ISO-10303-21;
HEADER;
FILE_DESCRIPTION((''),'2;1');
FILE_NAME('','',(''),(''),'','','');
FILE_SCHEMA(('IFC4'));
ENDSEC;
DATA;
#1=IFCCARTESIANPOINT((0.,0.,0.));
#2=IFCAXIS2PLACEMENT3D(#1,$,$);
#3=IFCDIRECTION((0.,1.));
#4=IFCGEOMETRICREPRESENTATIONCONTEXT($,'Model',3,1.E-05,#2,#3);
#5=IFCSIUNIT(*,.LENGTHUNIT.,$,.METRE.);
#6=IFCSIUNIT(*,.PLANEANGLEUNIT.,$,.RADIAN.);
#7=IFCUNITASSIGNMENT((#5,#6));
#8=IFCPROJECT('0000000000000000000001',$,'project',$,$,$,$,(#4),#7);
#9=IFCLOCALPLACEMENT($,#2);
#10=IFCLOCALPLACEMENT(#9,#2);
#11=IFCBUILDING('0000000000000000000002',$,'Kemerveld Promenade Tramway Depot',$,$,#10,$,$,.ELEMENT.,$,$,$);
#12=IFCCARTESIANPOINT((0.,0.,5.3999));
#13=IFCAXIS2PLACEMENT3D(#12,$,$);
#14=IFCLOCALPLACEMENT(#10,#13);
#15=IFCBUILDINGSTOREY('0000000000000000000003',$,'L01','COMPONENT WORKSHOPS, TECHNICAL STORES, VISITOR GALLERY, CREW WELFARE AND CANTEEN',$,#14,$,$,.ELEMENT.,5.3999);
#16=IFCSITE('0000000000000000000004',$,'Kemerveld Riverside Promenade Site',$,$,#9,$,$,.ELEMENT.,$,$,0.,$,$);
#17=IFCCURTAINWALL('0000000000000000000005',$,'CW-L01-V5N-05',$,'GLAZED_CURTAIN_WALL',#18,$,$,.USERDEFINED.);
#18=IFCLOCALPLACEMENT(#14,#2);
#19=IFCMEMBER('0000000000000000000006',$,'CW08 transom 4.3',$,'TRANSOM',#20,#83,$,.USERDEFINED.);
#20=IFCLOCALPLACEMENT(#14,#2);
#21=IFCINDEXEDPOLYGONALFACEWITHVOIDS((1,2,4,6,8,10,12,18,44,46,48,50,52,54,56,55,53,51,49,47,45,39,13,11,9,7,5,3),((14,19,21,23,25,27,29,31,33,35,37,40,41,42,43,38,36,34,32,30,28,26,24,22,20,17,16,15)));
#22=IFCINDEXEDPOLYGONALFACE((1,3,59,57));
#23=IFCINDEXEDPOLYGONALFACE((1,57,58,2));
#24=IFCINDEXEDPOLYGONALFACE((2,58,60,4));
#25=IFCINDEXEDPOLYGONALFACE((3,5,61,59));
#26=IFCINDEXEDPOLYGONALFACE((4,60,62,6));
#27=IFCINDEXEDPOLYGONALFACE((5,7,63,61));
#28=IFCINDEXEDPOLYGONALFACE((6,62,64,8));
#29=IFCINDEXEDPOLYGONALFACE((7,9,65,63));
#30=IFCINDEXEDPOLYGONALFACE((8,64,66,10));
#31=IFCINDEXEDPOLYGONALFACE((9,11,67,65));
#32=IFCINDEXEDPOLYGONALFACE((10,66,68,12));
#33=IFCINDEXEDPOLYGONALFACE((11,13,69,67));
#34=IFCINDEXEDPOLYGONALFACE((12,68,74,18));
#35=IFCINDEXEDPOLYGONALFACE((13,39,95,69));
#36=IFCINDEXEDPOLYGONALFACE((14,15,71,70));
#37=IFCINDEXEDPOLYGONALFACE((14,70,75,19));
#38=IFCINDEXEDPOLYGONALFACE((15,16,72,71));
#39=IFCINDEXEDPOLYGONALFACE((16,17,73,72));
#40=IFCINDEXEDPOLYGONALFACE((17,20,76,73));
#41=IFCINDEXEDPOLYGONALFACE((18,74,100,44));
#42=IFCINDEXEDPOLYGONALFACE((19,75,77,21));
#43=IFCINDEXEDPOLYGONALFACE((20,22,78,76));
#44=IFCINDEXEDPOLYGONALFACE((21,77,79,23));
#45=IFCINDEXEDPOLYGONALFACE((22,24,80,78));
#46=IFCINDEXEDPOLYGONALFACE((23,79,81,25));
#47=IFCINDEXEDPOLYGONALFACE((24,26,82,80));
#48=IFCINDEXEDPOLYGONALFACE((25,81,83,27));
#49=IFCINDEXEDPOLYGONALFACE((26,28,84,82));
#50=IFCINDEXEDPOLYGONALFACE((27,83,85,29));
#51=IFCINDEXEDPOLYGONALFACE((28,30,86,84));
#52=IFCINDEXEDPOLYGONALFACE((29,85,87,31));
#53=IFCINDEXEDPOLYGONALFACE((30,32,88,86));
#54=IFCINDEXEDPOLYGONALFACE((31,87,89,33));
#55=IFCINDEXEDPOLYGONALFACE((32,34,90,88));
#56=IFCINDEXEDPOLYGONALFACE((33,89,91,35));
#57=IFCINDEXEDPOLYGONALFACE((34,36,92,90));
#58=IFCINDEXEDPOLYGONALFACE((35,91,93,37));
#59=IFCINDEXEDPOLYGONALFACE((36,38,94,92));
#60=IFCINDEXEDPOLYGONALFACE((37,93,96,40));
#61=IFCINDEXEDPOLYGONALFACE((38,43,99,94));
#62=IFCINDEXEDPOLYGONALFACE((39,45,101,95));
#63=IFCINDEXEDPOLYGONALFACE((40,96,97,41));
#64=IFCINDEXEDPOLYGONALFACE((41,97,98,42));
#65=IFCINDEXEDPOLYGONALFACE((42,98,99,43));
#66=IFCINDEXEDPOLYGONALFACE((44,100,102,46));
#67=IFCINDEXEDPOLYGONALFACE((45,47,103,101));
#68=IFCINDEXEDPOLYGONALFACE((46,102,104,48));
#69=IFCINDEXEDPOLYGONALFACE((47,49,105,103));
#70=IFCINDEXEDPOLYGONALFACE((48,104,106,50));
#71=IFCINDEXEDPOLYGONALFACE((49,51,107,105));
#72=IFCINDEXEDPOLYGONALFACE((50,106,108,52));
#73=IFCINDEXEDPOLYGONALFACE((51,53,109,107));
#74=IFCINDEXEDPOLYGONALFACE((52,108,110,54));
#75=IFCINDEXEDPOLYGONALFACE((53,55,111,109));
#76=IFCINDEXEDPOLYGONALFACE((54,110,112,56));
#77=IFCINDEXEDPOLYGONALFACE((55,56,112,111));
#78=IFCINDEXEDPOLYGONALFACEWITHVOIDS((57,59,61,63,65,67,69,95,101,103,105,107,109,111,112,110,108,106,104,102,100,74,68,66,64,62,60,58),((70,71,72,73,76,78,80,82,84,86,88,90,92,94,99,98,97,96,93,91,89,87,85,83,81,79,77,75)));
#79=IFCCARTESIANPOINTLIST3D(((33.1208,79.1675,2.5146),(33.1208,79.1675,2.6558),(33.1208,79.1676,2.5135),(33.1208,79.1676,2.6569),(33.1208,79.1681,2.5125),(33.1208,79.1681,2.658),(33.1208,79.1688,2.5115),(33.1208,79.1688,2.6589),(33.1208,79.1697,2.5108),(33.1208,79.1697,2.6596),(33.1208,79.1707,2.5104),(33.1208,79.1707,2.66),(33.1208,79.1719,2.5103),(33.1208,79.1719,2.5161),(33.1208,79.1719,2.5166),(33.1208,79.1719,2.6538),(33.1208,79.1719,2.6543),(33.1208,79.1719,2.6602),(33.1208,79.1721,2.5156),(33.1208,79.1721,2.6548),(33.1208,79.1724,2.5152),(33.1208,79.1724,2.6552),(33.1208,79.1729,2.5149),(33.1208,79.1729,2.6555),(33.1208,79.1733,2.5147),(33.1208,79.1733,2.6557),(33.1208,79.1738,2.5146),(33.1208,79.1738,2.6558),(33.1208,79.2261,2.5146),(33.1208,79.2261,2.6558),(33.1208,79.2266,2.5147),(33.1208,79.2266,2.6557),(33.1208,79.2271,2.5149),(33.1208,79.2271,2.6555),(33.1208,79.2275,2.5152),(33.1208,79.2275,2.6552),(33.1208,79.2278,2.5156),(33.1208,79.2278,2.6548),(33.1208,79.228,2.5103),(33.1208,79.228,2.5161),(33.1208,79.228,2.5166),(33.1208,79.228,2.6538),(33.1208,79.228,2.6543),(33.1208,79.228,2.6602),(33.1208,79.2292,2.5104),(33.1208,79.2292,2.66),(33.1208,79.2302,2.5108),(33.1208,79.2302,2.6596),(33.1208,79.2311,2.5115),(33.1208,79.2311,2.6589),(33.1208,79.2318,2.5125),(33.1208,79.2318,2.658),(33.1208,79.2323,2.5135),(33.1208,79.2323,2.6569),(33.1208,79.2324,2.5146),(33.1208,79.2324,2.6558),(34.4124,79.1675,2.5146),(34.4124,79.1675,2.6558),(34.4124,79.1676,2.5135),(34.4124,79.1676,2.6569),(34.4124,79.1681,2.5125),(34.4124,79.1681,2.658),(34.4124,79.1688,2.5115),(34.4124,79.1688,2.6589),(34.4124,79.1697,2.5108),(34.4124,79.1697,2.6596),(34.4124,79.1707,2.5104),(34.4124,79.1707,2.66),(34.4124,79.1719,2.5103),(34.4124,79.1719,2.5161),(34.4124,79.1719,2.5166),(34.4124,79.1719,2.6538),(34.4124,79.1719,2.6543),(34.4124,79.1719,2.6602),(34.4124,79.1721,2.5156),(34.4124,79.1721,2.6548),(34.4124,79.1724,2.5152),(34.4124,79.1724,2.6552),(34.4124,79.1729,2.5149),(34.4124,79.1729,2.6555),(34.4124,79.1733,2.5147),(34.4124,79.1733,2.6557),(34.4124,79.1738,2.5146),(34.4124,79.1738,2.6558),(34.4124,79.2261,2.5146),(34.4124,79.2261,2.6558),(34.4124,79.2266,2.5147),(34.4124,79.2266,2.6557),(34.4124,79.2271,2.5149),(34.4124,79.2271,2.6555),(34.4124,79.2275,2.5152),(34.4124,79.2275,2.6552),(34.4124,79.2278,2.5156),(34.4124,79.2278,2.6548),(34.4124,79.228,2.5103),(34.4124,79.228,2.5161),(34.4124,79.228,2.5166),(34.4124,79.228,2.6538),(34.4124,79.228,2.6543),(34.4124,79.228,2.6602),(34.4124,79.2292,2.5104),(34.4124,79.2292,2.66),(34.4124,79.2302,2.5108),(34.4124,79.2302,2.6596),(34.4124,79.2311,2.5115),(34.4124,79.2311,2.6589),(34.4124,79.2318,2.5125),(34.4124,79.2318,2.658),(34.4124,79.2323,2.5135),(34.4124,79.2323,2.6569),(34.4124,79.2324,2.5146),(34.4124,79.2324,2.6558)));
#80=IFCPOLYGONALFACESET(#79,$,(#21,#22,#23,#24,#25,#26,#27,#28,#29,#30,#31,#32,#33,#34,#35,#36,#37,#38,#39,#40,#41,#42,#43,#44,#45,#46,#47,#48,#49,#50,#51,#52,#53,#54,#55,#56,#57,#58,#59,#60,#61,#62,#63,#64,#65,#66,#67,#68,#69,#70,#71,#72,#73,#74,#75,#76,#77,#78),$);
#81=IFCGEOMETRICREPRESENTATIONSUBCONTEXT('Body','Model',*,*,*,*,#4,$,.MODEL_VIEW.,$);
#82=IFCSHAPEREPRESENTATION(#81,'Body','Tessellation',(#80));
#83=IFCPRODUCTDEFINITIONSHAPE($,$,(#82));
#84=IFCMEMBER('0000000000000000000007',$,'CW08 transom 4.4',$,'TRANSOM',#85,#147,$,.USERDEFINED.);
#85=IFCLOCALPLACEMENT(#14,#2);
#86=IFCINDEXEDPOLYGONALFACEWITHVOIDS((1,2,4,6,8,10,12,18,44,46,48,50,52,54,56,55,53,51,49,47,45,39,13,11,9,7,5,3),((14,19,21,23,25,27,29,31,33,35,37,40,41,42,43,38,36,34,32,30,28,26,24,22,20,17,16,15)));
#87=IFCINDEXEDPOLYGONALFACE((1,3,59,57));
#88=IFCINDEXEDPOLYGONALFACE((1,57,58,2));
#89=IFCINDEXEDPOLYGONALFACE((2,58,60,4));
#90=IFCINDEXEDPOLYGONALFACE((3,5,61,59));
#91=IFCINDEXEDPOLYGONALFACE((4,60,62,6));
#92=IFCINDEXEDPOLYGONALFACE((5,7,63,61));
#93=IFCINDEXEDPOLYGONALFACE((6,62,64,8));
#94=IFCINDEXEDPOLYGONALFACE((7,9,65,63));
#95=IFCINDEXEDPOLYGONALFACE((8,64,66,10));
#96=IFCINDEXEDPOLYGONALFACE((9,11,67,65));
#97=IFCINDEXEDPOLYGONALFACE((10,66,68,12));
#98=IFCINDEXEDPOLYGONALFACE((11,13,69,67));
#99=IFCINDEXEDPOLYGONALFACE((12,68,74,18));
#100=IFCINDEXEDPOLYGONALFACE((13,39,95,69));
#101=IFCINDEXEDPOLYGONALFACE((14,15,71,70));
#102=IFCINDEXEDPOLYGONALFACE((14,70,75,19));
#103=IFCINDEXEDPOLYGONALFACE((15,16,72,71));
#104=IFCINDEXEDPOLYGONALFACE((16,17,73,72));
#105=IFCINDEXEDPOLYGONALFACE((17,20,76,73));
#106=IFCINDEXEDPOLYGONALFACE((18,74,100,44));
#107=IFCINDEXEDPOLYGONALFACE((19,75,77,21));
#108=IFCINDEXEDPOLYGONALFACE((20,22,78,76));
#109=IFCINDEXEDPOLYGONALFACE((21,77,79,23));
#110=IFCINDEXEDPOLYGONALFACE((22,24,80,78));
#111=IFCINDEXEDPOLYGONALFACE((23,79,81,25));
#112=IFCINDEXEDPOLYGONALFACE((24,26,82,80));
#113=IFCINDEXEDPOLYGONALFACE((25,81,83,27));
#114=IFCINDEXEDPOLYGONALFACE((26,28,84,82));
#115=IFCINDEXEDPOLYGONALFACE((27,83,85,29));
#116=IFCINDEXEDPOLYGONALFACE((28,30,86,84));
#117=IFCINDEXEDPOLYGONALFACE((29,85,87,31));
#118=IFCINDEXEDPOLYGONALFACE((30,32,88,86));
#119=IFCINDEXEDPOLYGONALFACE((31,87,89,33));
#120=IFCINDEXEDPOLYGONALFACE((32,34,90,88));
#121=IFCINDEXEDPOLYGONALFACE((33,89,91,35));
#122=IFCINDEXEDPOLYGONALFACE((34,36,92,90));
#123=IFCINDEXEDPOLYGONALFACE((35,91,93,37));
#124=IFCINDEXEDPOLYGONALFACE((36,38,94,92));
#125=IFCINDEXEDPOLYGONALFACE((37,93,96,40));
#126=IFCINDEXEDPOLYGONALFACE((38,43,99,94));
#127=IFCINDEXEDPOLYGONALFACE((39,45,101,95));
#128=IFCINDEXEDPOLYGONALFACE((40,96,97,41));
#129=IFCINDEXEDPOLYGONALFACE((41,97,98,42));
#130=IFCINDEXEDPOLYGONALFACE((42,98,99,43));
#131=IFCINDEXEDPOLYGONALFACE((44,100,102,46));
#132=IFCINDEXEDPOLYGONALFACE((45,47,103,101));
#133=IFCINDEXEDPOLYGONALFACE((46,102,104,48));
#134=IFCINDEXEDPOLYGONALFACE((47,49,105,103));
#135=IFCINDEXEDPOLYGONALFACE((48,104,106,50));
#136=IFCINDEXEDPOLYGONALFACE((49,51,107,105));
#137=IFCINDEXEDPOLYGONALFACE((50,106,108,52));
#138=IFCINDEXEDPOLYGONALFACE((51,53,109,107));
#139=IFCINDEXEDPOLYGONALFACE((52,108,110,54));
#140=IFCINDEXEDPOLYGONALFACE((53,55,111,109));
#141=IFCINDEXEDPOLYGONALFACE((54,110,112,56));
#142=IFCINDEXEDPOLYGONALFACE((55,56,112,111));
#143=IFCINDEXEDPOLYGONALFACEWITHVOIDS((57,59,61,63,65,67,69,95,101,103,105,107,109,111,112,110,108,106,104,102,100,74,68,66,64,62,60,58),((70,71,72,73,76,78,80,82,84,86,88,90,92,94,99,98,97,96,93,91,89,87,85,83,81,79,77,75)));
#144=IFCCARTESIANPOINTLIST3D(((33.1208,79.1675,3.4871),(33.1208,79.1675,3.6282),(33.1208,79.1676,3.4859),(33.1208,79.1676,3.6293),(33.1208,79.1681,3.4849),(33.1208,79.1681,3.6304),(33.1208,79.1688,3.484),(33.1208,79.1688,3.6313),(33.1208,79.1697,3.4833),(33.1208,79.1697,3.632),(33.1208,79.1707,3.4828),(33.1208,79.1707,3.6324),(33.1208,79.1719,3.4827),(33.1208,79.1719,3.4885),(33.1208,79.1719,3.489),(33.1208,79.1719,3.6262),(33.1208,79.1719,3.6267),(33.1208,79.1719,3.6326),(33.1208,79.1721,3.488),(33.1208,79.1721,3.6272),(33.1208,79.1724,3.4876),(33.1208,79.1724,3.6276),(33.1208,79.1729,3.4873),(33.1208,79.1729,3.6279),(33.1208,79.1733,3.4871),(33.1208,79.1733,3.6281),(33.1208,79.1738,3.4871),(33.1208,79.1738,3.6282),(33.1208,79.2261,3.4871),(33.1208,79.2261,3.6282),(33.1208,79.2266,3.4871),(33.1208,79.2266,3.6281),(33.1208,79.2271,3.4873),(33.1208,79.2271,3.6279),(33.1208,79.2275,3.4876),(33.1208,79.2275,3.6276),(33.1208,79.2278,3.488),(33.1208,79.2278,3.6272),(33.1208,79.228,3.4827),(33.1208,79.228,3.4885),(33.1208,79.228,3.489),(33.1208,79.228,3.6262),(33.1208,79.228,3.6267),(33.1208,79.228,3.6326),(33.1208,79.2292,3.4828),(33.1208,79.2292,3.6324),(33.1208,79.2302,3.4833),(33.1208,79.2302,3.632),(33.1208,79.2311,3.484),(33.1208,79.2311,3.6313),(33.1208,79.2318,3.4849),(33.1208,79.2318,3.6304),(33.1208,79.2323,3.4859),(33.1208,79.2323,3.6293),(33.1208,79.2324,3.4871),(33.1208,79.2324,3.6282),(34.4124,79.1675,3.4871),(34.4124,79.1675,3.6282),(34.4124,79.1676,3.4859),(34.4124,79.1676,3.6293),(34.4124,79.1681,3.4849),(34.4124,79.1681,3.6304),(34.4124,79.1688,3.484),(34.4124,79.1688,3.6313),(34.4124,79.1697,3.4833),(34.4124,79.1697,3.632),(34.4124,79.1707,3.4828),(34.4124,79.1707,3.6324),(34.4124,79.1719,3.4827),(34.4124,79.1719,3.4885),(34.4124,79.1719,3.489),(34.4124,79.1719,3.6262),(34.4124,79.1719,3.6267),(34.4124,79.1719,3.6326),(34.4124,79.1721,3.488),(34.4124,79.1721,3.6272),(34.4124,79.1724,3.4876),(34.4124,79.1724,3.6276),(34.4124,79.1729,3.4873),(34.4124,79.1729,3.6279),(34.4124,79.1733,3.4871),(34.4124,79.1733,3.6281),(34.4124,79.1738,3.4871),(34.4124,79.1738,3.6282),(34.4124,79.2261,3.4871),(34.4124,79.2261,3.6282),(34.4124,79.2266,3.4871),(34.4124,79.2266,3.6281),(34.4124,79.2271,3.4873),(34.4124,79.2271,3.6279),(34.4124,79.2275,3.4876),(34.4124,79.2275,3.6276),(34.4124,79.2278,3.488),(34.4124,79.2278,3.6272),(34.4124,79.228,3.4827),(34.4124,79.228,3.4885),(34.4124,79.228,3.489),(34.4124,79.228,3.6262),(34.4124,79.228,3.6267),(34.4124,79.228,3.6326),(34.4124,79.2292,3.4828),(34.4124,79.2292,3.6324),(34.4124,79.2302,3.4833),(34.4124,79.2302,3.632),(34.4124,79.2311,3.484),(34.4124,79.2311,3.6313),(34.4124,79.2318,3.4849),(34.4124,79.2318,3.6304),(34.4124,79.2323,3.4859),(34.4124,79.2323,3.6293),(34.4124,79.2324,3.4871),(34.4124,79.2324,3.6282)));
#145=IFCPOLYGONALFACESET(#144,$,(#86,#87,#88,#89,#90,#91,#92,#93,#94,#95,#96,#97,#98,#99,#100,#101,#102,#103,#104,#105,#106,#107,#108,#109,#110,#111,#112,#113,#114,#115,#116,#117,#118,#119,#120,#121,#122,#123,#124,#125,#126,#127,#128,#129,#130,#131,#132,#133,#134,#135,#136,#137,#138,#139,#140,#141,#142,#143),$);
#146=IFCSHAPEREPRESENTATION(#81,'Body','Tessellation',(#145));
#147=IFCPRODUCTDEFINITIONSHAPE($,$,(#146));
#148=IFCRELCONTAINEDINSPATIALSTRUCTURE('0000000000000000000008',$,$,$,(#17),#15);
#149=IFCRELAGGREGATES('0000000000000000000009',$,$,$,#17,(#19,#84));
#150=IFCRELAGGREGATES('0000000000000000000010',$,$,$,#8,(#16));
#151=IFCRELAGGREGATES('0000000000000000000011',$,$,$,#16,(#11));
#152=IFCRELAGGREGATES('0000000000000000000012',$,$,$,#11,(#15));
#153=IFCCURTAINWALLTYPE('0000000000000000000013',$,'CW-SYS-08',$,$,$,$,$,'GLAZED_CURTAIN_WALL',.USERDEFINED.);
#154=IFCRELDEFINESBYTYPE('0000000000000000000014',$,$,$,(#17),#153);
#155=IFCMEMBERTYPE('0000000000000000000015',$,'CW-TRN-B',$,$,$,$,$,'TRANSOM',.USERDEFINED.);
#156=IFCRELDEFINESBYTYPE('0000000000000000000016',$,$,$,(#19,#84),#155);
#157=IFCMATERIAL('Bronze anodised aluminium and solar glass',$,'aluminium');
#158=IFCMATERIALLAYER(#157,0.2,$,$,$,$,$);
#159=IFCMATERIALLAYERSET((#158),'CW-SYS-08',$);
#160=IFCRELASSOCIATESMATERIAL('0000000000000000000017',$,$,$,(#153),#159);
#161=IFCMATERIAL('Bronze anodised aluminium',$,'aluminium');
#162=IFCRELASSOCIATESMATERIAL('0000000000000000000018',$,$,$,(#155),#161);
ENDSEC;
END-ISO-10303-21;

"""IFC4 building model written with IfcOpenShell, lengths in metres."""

from ifc_helpers import new_model, si_unit, direction, frame, origin, origin_2d, place, context, subcontext, project, spatial, hollow_rectangle, extrude, material, layer, layer_set, material_profile, profile_set, type_object, element, aggregate, save


model = new_model("IFC4")

# Units and contexts
model_context = context("Model", 3, precision=1e-05, world=origin(), true_north=direction((0.0, 1.0)))
body_context = subcontext(model_context, "Body", "Model", "MODEL_VIEW")
ifc_project = project(units=[si_unit("LENGTHUNIT", "METRE"), si_unit("PLANEANGLEUNIT", "RADIAN")], contexts=[model_context])

# Site, building, storey
site_placement = place(None, origin())
site = spatial("IfcSite", under=ifc_project, at=site_placement, Name="Kemerveld Riverside Promenade Site", CompositionType="ELEMENT", RefElevation=0.0)
building_placement = place(site_placement, origin())
building = spatial("IfcBuilding", under=site, at=building_placement, Name="Kemerveld Promenade Tramway Depot", CompositionType="ELEMENT")
storey_placement = place(building_placement, frame((0.0, 0.0, 5.3999)))
storey = spatial("IfcBuildingStorey", under=building, at=storey_placement, Name="L01", Description="COMPONENT WORKSHOPS, TECHNICAL STORES, VISITOR GALLERY, CREW WELFARE AND CANTEEN", CompositionType="ELEMENT", Elevation=5.3999)

# Curtain wall, members
ifc_material_1 = material(Name="Bronze anodised aluminium and solar glass", Category="aluminium")
ifc_layer_1 = layer(ifc_material_1, 0.2)
ifc_layer_set_1 = layer_set([ifc_layer_1], Name="CW-SYS-08")
curtain_wall_type = type_object("IfcCurtainWallType", Name="CW-SYS-08", ElementType="GLAZED_CURTAIN_WALL", PredefinedType="USERDEFINED", material=ifc_layer_set_1)
curtain_wall_placement = place(storey_placement, origin())
curtain_wall = element("IfcCurtainWall", 1, at=curtain_wall_placement, inside=storey, type_object=curtain_wall_type, Name="CW-L01-V5N-05", ObjectType="GLAZED_CURTAIN_WALL", PredefinedType="USERDEFINED")
ifc_material_2 = material(Name="Bronze anodised aluminium", Category="aluminium")
ifc_material_profile_1 = material_profile(ifc_material_2, hollow_rectangle(XDim=0.0649, YDim=0.1499, WallThickness=0.0044, InnerFilletRadius=0.002, OuterFilletRadius=0.0044, at=origin_2d()), Name="CW-TRN-150x65")
ifc_profile_set_1 = profile_set([ifc_material_profile_1], Name="Bronze anodised aluminium")
member_type_1 = type_object("IfcMemberType", Name="CW-TRN-B", ElementType="TRANSOM", PredefinedType="USERDEFINED", material=ifc_profile_set_1)
member_1_placement = place(storey_placement, frame((33.1208, 79.2, 2.5852), z_axis=(1.0, 0.0, 0.0), x_axis=(0.0, 1.0, 0.0)))
member_1 = element("IfcMember", 2, at=member_1_placement, type_object=member_type_1, Name="CW08 transom 4.3", ObjectType="TRANSOM", PredefinedType="USERDEFINED", context=body_context, shape_type="SweptSolid", body=[
    extrude(hollow_rectangle(XDim=0.0649, YDim=0.1499, WallThickness=0.0044, InnerFilletRadius=0.002, OuterFilletRadius=0.0044, at=origin_2d()), origin(), (0.0, 0.0, 1.0), 1.2915),
])
member_2_placement = place(storey_placement, frame((33.1208, 79.2, 3.5576), z_axis=(1.0, 0.0, 0.0), x_axis=(0.0, 1.0, 0.0)))
member_2 = element("IfcMember", 3, at=member_2_placement, type_object=member_type_1, Name="CW08 transom 4.4", ObjectType="TRANSOM", PredefinedType="USERDEFINED", context=body_context, shape_type="SweptSolid", body=[
    extrude(hollow_rectangle(XDim=0.0649, YDim=0.1499, WallThickness=0.0044, InnerFilletRadius=0.002, OuterFilletRadius=0.0044, at=origin_2d()), origin(), (0.0, 0.0, 1.0), 1.2915),
])
aggregate(curtain_wall, [member_1, member_2])

save(model, "model.ifc")
